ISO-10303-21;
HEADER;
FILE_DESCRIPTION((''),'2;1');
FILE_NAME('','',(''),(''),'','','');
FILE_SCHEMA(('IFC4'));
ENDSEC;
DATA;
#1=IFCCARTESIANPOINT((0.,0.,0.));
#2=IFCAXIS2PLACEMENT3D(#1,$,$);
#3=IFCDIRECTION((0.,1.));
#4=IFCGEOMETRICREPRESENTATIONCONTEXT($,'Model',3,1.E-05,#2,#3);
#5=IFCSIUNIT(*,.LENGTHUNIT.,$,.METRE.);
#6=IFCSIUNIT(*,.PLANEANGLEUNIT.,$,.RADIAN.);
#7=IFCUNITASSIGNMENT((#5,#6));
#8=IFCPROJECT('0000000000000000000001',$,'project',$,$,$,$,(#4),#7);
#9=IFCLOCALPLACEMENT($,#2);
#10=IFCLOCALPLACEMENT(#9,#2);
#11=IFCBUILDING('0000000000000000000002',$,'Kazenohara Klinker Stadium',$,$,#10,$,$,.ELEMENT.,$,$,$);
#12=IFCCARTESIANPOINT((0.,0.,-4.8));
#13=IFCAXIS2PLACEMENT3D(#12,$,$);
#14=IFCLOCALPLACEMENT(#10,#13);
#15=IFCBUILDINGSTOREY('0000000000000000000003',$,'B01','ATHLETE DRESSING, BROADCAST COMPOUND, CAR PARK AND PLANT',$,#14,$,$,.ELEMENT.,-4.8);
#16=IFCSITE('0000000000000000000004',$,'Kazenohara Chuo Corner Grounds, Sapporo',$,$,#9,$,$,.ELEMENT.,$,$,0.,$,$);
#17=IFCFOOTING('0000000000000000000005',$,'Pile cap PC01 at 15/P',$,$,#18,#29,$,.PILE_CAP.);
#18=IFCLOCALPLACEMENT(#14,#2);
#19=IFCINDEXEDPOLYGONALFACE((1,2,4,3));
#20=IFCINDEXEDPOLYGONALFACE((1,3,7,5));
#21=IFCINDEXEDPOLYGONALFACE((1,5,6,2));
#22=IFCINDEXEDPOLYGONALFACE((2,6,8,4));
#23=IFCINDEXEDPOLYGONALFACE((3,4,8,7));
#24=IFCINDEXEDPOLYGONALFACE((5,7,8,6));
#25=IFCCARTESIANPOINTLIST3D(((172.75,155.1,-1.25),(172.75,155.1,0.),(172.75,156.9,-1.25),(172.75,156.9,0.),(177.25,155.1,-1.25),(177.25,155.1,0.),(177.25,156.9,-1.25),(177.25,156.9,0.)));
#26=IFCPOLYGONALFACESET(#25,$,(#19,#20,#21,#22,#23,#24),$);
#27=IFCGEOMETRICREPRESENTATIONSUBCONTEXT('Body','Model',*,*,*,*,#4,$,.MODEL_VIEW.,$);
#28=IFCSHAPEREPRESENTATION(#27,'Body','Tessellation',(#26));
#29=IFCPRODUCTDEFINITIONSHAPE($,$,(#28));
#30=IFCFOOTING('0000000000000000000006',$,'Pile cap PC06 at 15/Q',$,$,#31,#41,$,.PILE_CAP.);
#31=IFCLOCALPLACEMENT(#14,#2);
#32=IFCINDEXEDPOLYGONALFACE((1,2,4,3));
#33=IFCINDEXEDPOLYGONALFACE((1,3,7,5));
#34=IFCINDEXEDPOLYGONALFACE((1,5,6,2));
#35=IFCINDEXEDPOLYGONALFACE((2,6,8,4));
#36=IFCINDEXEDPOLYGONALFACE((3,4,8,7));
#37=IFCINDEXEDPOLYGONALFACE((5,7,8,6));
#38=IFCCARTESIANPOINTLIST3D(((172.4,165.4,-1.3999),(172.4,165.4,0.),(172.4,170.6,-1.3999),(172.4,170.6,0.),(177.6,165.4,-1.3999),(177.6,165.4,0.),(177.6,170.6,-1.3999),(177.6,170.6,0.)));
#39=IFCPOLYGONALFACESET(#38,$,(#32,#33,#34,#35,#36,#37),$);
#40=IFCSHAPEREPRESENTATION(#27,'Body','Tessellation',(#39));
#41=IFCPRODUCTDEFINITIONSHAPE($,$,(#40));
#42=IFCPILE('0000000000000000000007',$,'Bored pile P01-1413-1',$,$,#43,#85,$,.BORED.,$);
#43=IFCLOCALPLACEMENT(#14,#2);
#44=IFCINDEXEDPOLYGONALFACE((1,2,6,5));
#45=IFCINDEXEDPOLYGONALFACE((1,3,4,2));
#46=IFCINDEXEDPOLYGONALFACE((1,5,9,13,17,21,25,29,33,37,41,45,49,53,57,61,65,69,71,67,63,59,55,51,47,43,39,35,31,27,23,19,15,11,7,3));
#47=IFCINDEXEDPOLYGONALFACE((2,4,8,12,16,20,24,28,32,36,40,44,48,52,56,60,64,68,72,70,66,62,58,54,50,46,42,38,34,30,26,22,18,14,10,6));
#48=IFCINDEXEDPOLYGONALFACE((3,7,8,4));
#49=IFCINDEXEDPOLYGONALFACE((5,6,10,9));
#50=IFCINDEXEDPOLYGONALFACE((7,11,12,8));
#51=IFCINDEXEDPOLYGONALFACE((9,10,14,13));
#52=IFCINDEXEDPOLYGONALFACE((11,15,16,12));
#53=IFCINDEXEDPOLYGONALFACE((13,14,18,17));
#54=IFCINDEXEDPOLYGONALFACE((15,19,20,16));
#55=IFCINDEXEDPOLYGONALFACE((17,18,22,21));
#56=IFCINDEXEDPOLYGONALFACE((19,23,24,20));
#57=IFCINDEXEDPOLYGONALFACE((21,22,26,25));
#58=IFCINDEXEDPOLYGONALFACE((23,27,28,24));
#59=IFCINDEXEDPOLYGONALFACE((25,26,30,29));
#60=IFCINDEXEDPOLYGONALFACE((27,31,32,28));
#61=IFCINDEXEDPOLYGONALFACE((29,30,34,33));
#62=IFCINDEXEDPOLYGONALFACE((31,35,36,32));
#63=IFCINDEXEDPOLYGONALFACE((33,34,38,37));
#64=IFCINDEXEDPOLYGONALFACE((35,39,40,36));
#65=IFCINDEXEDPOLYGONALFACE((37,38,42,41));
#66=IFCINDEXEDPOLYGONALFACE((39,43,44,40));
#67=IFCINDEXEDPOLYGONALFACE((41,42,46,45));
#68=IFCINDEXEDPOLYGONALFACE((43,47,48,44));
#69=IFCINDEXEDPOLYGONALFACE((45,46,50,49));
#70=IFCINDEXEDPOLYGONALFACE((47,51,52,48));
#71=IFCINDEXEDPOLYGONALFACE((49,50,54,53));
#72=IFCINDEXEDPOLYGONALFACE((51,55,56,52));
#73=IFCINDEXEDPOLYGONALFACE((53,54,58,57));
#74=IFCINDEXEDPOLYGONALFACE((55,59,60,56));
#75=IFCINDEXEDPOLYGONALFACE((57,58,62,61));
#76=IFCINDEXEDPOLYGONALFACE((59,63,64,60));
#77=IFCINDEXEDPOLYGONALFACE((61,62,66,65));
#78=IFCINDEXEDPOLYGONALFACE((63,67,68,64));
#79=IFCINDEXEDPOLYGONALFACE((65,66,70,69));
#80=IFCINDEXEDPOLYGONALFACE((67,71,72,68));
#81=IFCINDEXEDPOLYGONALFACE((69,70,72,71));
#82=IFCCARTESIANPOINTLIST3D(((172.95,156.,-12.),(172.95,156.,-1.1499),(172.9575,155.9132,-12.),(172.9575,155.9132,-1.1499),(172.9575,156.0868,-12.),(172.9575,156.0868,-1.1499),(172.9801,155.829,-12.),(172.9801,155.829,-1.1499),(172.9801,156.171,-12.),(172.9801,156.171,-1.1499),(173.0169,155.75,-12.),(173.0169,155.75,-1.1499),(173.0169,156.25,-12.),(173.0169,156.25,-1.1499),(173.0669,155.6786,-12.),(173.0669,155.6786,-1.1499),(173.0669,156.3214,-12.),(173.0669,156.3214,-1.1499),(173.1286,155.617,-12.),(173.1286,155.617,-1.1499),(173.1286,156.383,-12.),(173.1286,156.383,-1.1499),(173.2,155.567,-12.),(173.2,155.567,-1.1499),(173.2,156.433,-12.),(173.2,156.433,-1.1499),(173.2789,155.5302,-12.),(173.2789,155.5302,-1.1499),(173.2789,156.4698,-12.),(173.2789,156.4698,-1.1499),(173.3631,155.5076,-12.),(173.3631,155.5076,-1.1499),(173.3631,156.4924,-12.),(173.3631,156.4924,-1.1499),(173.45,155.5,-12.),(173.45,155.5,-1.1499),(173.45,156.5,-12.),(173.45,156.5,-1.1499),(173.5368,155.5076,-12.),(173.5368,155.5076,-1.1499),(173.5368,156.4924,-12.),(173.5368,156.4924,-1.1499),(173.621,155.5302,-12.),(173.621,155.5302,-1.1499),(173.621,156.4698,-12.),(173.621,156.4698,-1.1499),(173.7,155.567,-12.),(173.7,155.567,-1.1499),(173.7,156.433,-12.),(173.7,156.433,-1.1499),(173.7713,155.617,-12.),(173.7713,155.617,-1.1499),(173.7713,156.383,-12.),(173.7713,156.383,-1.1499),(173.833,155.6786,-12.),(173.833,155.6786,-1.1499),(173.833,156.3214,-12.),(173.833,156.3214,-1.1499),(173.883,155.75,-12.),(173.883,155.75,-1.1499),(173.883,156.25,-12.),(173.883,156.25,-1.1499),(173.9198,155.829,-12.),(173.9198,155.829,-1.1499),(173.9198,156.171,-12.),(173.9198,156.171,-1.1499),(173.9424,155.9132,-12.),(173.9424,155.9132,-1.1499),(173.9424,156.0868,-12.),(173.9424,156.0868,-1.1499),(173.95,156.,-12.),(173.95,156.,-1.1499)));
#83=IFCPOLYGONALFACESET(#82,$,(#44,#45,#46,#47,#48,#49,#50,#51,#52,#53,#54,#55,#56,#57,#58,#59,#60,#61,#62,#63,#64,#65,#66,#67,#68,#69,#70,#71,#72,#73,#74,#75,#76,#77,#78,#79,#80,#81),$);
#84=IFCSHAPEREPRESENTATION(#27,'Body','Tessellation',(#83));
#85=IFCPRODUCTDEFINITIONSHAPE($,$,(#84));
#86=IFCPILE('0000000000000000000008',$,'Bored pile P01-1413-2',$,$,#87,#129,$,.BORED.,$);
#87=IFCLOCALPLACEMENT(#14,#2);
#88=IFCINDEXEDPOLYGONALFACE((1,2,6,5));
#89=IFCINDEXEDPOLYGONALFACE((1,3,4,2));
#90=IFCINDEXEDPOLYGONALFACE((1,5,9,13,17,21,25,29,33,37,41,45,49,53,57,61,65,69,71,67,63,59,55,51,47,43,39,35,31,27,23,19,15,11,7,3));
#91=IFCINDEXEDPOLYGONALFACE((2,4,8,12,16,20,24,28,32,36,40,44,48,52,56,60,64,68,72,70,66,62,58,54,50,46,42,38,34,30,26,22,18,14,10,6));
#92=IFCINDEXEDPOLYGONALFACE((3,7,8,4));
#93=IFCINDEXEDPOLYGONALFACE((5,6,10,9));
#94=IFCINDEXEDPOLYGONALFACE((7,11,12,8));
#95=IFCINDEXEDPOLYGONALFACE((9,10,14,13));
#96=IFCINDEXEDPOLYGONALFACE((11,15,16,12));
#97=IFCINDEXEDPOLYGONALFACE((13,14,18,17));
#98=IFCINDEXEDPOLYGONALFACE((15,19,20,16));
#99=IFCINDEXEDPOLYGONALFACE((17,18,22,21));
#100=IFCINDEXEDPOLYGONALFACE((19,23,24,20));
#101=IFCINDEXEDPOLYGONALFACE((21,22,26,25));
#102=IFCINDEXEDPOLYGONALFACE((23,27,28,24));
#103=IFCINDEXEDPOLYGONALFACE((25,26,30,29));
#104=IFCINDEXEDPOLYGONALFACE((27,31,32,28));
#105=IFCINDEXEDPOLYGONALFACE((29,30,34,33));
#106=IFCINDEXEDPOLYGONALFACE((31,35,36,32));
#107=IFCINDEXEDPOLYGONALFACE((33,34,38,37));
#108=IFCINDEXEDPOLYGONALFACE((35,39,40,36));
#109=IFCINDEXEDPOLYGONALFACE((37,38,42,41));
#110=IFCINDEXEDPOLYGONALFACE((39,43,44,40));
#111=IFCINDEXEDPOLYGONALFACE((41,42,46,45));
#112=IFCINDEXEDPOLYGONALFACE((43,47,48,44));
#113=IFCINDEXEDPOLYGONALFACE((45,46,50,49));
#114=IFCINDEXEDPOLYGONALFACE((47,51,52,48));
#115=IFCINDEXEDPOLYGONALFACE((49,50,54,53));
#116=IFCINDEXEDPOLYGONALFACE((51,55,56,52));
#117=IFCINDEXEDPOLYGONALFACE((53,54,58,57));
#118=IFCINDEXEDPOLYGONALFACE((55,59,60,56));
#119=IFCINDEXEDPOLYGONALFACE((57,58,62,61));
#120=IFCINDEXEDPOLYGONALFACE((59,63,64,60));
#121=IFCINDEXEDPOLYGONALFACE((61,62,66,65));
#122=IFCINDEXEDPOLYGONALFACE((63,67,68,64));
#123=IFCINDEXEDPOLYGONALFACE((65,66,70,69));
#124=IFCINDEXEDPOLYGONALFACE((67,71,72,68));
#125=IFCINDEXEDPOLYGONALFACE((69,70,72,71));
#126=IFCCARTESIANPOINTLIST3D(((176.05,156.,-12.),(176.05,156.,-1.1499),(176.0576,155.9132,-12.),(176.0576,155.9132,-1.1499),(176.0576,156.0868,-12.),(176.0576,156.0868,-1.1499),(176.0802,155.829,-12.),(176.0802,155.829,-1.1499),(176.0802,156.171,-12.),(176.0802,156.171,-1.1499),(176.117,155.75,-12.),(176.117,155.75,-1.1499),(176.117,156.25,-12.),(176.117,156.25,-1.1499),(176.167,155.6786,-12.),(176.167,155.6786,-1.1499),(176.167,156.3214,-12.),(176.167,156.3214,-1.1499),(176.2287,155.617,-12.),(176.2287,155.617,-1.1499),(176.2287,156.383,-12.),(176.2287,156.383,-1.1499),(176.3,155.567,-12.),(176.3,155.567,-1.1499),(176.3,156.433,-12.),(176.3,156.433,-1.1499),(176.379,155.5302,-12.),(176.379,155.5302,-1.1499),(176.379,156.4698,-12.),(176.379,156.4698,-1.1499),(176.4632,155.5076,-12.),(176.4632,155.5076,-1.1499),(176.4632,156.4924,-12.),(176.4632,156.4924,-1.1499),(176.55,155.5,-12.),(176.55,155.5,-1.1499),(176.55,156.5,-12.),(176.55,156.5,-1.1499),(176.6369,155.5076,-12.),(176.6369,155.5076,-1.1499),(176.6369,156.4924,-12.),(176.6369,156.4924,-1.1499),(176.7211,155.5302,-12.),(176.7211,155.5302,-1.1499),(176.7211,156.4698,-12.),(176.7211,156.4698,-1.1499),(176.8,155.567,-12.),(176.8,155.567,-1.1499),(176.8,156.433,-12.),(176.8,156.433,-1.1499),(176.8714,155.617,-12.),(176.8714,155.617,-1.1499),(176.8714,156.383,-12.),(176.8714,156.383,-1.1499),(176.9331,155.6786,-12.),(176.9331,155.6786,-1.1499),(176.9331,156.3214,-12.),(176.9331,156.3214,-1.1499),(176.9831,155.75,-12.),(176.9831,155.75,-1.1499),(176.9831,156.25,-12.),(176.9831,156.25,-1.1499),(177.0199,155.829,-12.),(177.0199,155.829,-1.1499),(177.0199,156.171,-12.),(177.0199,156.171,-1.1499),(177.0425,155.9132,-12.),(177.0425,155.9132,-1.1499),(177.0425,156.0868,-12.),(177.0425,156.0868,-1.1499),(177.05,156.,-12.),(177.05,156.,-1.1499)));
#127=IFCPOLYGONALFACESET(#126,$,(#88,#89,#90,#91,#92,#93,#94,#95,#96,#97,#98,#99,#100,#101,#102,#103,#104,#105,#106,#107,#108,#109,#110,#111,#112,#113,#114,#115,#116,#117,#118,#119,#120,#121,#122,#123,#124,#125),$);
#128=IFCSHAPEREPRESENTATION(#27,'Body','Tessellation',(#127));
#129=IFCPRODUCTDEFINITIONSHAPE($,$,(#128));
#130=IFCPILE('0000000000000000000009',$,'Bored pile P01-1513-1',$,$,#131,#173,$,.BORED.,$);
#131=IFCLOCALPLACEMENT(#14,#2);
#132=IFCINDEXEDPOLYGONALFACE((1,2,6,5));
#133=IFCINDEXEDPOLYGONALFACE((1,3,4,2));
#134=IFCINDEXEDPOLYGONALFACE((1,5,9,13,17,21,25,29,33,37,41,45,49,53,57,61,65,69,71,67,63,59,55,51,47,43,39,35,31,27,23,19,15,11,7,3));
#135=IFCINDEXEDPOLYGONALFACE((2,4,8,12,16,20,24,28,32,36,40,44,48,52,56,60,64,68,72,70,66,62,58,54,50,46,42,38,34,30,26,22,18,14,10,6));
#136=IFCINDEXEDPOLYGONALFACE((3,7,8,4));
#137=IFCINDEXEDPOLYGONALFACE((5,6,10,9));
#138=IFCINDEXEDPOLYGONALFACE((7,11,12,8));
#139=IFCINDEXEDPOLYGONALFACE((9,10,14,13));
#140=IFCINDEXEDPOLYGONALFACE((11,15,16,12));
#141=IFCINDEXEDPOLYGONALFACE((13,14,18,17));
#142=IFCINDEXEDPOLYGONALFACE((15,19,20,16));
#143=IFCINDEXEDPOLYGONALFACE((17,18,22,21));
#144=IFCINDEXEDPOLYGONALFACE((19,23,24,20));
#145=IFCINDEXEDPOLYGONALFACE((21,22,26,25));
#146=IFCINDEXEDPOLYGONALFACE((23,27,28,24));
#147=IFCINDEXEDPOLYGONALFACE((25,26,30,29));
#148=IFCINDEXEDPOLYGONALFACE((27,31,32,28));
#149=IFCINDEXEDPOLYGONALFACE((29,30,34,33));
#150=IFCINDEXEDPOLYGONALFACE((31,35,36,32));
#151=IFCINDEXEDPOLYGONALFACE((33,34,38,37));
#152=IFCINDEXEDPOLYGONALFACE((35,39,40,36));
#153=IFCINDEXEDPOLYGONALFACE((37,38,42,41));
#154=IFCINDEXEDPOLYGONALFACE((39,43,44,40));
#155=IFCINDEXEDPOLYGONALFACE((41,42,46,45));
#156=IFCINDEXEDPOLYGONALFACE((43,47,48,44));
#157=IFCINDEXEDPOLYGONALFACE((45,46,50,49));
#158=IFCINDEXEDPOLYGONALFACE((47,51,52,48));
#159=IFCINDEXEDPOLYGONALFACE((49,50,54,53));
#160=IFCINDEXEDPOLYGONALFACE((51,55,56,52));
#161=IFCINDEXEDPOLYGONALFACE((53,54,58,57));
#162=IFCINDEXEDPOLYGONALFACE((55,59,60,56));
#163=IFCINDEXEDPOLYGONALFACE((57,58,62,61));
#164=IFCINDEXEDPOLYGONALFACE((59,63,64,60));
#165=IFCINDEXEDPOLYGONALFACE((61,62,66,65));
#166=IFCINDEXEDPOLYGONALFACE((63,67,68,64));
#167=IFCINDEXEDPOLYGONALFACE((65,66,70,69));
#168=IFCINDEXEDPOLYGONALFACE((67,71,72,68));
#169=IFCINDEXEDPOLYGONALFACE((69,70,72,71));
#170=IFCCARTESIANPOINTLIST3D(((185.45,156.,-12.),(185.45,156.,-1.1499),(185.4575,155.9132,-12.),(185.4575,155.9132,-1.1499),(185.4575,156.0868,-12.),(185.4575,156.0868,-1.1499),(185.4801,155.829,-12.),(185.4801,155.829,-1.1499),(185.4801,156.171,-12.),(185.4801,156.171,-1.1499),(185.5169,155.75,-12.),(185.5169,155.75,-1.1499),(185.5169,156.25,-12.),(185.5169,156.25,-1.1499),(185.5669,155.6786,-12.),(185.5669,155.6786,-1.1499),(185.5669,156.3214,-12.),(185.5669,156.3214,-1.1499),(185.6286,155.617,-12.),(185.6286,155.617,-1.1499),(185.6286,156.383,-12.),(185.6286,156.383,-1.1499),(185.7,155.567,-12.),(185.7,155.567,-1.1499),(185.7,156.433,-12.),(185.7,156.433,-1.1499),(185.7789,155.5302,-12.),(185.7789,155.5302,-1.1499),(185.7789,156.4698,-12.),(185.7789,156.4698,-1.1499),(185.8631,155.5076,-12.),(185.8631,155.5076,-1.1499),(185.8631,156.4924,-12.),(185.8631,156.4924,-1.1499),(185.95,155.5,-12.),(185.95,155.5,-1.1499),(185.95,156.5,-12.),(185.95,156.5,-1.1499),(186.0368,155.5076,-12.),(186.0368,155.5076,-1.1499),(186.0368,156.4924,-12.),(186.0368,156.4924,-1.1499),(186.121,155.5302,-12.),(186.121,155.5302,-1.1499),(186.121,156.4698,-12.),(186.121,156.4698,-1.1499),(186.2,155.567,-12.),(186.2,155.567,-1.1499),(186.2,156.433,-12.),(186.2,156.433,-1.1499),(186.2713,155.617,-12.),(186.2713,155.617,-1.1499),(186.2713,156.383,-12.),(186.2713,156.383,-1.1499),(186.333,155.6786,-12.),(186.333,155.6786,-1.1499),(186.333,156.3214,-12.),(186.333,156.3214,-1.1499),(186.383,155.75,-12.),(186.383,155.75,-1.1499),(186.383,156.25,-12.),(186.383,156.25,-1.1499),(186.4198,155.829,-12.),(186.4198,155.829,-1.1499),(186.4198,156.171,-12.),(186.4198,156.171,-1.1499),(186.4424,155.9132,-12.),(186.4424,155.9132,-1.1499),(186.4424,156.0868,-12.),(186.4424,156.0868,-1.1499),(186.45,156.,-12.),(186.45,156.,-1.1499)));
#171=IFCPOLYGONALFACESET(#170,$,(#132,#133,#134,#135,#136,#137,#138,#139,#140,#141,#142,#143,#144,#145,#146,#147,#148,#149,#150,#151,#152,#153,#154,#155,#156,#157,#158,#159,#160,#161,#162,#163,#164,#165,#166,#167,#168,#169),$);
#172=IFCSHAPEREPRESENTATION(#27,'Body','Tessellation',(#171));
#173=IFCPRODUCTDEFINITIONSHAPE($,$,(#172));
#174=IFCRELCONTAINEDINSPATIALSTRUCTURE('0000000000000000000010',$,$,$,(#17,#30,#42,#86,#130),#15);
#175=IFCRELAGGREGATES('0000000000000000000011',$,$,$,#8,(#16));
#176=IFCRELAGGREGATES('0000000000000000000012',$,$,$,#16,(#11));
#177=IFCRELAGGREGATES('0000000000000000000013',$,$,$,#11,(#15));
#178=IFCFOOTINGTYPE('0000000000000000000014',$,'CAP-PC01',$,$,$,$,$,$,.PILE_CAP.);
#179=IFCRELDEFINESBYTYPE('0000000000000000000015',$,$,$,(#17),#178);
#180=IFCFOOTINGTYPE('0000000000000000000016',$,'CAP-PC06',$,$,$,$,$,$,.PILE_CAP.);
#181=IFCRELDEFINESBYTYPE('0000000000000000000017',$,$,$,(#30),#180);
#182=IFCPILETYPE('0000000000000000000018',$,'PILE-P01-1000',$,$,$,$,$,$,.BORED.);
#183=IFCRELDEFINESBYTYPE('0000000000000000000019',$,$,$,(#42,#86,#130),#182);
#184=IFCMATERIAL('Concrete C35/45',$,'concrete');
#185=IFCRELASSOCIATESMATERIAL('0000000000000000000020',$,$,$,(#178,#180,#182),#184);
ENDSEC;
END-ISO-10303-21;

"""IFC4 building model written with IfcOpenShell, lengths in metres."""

from ifc_helpers import new_model, si_unit, direction, frame, origin, origin_2d, place, context, subcontext, project, spatial, rectangle, circle, extrude, material, material_profile, profile_set, type_object, element, save


model = new_model("IFC4")

# Units and contexts
model_context = context("Model", 3, precision=1e-05, world=origin(), true_north=direction((0.0, 1.0)))
body_context = subcontext(model_context, "Body", "Model", "MODEL_VIEW")
ifc_project = project(units=[si_unit("LENGTHUNIT", "METRE"), si_unit("PLANEANGLEUNIT", "RADIAN")], contexts=[model_context])

# Site, building, storey
site_placement = place(None, origin())
site = spatial("IfcSite", under=ifc_project, at=site_placement, Name="Kazenohara Chuo Corner Grounds, Sapporo", CompositionType="ELEMENT", RefElevation=0.0)
building_placement = place(site_placement, origin())
building = spatial("IfcBuilding", under=site, at=building_placement, Name="Kazenohara Klinker Stadium", CompositionType="ELEMENT")
storey_placement = place(building_placement, frame((0.0, 0.0, -4.8)))
storey = spatial("IfcBuildingStorey", under=building, at=storey_placement, Name="B01", Description="ATHLETE DRESSING, BROADCAST COMPOUND, CAR PARK AND PLANT", CompositionType="ELEMENT", Elevation=-4.8)

# Footings
ifc_material_1 = material(Name="Concrete C35/45", Category="concrete")
footing_type_1 = type_object("IfcFootingType", Name="CAP-PC01", PredefinedType="PILE_CAP", material=ifc_material_1)
footing_1_placement = place(storey_placement, frame((175.0, 156.0, -1.25), z_axis=(0.0, 0.0, 1.0), x_axis=(1.0, 0.0, 0.0)))
element("IfcFooting", 1, at=footing_1_placement, inside=storey, type_object=footing_type_1, Name="Pile cap PC01 at 15/P", PredefinedType="PILE_CAP", context=body_context, shape_type="SweptSolid", body=[
    extrude(rectangle(XDim=4.5, YDim=1.8, at=origin_2d()), origin(), (0.0, 0.0, 1.0), 1.25),
])
footing_type_2 = type_object("IfcFootingType", Name="CAP-PC06", PredefinedType="PILE_CAP", material=ifc_material_1)
footing_2_placement = place(storey_placement, frame((175.0, 168.0, -1.3999), z_axis=(0.0, 0.0, 1.0), x_axis=(1.0, 0.0, 0.0)))
element("IfcFooting", 2, at=footing_2_placement, inside=storey, type_object=footing_type_2, Name="Pile cap PC06 at 15/Q", PredefinedType="PILE_CAP", context=body_context, shape_type="SweptSolid", body=[
    extrude(rectangle(XDim=5.2, YDim=5.2, at=origin_2d()), origin(), (0.0, 0.0, 1.0), 1.3999),
])

# Piles
ifc_material_profile_1 = material_profile(ifc_material_1, circle(Radius=0.5, at=origin_2d()), Name="BORED-PILE-1000")
ifc_profile_set_1 = profile_set([ifc_material_profile_1], Name="Concrete C35/45")
pile_type_1 = type_object("IfcPileType", Name="PILE-P01-1000", PredefinedType="BORED", material=ifc_profile_set_1)
for number, where, z_axis, x_axis, name in (
    (3, (173.45, 156.0, -1.1499), (0.0, 0.0, -1.0), (1.0, 0.0, 0.0), "Bored pile P01-1413-1"),
    (4, (176.55, 156.0, -1.1499), (0.0, 0.0, -1.0), (1.0, 0.0, 0.0), "Bored pile P01-1413-2"),
    (5, (185.95, 156.0, -1.1499), (0.0, 0.0, -1.0), (1.0, 0.0, 0.0), "Bored pile P01-1513-1"),
):
    element("IfcPile", number, at=place(storey_placement, frame(where, z_axis=z_axis, x_axis=x_axis)), inside=storey, type_object=pile_type_1, Name=name, PredefinedType="BORED", context=body_context, shape_type="SweptSolid", body=[
        extrude(circle(Radius=0.5, at=origin_2d()), origin(), (0.0, 0.0, 1.0), 10.8501),
    ])

save(model, "model.ifc")
